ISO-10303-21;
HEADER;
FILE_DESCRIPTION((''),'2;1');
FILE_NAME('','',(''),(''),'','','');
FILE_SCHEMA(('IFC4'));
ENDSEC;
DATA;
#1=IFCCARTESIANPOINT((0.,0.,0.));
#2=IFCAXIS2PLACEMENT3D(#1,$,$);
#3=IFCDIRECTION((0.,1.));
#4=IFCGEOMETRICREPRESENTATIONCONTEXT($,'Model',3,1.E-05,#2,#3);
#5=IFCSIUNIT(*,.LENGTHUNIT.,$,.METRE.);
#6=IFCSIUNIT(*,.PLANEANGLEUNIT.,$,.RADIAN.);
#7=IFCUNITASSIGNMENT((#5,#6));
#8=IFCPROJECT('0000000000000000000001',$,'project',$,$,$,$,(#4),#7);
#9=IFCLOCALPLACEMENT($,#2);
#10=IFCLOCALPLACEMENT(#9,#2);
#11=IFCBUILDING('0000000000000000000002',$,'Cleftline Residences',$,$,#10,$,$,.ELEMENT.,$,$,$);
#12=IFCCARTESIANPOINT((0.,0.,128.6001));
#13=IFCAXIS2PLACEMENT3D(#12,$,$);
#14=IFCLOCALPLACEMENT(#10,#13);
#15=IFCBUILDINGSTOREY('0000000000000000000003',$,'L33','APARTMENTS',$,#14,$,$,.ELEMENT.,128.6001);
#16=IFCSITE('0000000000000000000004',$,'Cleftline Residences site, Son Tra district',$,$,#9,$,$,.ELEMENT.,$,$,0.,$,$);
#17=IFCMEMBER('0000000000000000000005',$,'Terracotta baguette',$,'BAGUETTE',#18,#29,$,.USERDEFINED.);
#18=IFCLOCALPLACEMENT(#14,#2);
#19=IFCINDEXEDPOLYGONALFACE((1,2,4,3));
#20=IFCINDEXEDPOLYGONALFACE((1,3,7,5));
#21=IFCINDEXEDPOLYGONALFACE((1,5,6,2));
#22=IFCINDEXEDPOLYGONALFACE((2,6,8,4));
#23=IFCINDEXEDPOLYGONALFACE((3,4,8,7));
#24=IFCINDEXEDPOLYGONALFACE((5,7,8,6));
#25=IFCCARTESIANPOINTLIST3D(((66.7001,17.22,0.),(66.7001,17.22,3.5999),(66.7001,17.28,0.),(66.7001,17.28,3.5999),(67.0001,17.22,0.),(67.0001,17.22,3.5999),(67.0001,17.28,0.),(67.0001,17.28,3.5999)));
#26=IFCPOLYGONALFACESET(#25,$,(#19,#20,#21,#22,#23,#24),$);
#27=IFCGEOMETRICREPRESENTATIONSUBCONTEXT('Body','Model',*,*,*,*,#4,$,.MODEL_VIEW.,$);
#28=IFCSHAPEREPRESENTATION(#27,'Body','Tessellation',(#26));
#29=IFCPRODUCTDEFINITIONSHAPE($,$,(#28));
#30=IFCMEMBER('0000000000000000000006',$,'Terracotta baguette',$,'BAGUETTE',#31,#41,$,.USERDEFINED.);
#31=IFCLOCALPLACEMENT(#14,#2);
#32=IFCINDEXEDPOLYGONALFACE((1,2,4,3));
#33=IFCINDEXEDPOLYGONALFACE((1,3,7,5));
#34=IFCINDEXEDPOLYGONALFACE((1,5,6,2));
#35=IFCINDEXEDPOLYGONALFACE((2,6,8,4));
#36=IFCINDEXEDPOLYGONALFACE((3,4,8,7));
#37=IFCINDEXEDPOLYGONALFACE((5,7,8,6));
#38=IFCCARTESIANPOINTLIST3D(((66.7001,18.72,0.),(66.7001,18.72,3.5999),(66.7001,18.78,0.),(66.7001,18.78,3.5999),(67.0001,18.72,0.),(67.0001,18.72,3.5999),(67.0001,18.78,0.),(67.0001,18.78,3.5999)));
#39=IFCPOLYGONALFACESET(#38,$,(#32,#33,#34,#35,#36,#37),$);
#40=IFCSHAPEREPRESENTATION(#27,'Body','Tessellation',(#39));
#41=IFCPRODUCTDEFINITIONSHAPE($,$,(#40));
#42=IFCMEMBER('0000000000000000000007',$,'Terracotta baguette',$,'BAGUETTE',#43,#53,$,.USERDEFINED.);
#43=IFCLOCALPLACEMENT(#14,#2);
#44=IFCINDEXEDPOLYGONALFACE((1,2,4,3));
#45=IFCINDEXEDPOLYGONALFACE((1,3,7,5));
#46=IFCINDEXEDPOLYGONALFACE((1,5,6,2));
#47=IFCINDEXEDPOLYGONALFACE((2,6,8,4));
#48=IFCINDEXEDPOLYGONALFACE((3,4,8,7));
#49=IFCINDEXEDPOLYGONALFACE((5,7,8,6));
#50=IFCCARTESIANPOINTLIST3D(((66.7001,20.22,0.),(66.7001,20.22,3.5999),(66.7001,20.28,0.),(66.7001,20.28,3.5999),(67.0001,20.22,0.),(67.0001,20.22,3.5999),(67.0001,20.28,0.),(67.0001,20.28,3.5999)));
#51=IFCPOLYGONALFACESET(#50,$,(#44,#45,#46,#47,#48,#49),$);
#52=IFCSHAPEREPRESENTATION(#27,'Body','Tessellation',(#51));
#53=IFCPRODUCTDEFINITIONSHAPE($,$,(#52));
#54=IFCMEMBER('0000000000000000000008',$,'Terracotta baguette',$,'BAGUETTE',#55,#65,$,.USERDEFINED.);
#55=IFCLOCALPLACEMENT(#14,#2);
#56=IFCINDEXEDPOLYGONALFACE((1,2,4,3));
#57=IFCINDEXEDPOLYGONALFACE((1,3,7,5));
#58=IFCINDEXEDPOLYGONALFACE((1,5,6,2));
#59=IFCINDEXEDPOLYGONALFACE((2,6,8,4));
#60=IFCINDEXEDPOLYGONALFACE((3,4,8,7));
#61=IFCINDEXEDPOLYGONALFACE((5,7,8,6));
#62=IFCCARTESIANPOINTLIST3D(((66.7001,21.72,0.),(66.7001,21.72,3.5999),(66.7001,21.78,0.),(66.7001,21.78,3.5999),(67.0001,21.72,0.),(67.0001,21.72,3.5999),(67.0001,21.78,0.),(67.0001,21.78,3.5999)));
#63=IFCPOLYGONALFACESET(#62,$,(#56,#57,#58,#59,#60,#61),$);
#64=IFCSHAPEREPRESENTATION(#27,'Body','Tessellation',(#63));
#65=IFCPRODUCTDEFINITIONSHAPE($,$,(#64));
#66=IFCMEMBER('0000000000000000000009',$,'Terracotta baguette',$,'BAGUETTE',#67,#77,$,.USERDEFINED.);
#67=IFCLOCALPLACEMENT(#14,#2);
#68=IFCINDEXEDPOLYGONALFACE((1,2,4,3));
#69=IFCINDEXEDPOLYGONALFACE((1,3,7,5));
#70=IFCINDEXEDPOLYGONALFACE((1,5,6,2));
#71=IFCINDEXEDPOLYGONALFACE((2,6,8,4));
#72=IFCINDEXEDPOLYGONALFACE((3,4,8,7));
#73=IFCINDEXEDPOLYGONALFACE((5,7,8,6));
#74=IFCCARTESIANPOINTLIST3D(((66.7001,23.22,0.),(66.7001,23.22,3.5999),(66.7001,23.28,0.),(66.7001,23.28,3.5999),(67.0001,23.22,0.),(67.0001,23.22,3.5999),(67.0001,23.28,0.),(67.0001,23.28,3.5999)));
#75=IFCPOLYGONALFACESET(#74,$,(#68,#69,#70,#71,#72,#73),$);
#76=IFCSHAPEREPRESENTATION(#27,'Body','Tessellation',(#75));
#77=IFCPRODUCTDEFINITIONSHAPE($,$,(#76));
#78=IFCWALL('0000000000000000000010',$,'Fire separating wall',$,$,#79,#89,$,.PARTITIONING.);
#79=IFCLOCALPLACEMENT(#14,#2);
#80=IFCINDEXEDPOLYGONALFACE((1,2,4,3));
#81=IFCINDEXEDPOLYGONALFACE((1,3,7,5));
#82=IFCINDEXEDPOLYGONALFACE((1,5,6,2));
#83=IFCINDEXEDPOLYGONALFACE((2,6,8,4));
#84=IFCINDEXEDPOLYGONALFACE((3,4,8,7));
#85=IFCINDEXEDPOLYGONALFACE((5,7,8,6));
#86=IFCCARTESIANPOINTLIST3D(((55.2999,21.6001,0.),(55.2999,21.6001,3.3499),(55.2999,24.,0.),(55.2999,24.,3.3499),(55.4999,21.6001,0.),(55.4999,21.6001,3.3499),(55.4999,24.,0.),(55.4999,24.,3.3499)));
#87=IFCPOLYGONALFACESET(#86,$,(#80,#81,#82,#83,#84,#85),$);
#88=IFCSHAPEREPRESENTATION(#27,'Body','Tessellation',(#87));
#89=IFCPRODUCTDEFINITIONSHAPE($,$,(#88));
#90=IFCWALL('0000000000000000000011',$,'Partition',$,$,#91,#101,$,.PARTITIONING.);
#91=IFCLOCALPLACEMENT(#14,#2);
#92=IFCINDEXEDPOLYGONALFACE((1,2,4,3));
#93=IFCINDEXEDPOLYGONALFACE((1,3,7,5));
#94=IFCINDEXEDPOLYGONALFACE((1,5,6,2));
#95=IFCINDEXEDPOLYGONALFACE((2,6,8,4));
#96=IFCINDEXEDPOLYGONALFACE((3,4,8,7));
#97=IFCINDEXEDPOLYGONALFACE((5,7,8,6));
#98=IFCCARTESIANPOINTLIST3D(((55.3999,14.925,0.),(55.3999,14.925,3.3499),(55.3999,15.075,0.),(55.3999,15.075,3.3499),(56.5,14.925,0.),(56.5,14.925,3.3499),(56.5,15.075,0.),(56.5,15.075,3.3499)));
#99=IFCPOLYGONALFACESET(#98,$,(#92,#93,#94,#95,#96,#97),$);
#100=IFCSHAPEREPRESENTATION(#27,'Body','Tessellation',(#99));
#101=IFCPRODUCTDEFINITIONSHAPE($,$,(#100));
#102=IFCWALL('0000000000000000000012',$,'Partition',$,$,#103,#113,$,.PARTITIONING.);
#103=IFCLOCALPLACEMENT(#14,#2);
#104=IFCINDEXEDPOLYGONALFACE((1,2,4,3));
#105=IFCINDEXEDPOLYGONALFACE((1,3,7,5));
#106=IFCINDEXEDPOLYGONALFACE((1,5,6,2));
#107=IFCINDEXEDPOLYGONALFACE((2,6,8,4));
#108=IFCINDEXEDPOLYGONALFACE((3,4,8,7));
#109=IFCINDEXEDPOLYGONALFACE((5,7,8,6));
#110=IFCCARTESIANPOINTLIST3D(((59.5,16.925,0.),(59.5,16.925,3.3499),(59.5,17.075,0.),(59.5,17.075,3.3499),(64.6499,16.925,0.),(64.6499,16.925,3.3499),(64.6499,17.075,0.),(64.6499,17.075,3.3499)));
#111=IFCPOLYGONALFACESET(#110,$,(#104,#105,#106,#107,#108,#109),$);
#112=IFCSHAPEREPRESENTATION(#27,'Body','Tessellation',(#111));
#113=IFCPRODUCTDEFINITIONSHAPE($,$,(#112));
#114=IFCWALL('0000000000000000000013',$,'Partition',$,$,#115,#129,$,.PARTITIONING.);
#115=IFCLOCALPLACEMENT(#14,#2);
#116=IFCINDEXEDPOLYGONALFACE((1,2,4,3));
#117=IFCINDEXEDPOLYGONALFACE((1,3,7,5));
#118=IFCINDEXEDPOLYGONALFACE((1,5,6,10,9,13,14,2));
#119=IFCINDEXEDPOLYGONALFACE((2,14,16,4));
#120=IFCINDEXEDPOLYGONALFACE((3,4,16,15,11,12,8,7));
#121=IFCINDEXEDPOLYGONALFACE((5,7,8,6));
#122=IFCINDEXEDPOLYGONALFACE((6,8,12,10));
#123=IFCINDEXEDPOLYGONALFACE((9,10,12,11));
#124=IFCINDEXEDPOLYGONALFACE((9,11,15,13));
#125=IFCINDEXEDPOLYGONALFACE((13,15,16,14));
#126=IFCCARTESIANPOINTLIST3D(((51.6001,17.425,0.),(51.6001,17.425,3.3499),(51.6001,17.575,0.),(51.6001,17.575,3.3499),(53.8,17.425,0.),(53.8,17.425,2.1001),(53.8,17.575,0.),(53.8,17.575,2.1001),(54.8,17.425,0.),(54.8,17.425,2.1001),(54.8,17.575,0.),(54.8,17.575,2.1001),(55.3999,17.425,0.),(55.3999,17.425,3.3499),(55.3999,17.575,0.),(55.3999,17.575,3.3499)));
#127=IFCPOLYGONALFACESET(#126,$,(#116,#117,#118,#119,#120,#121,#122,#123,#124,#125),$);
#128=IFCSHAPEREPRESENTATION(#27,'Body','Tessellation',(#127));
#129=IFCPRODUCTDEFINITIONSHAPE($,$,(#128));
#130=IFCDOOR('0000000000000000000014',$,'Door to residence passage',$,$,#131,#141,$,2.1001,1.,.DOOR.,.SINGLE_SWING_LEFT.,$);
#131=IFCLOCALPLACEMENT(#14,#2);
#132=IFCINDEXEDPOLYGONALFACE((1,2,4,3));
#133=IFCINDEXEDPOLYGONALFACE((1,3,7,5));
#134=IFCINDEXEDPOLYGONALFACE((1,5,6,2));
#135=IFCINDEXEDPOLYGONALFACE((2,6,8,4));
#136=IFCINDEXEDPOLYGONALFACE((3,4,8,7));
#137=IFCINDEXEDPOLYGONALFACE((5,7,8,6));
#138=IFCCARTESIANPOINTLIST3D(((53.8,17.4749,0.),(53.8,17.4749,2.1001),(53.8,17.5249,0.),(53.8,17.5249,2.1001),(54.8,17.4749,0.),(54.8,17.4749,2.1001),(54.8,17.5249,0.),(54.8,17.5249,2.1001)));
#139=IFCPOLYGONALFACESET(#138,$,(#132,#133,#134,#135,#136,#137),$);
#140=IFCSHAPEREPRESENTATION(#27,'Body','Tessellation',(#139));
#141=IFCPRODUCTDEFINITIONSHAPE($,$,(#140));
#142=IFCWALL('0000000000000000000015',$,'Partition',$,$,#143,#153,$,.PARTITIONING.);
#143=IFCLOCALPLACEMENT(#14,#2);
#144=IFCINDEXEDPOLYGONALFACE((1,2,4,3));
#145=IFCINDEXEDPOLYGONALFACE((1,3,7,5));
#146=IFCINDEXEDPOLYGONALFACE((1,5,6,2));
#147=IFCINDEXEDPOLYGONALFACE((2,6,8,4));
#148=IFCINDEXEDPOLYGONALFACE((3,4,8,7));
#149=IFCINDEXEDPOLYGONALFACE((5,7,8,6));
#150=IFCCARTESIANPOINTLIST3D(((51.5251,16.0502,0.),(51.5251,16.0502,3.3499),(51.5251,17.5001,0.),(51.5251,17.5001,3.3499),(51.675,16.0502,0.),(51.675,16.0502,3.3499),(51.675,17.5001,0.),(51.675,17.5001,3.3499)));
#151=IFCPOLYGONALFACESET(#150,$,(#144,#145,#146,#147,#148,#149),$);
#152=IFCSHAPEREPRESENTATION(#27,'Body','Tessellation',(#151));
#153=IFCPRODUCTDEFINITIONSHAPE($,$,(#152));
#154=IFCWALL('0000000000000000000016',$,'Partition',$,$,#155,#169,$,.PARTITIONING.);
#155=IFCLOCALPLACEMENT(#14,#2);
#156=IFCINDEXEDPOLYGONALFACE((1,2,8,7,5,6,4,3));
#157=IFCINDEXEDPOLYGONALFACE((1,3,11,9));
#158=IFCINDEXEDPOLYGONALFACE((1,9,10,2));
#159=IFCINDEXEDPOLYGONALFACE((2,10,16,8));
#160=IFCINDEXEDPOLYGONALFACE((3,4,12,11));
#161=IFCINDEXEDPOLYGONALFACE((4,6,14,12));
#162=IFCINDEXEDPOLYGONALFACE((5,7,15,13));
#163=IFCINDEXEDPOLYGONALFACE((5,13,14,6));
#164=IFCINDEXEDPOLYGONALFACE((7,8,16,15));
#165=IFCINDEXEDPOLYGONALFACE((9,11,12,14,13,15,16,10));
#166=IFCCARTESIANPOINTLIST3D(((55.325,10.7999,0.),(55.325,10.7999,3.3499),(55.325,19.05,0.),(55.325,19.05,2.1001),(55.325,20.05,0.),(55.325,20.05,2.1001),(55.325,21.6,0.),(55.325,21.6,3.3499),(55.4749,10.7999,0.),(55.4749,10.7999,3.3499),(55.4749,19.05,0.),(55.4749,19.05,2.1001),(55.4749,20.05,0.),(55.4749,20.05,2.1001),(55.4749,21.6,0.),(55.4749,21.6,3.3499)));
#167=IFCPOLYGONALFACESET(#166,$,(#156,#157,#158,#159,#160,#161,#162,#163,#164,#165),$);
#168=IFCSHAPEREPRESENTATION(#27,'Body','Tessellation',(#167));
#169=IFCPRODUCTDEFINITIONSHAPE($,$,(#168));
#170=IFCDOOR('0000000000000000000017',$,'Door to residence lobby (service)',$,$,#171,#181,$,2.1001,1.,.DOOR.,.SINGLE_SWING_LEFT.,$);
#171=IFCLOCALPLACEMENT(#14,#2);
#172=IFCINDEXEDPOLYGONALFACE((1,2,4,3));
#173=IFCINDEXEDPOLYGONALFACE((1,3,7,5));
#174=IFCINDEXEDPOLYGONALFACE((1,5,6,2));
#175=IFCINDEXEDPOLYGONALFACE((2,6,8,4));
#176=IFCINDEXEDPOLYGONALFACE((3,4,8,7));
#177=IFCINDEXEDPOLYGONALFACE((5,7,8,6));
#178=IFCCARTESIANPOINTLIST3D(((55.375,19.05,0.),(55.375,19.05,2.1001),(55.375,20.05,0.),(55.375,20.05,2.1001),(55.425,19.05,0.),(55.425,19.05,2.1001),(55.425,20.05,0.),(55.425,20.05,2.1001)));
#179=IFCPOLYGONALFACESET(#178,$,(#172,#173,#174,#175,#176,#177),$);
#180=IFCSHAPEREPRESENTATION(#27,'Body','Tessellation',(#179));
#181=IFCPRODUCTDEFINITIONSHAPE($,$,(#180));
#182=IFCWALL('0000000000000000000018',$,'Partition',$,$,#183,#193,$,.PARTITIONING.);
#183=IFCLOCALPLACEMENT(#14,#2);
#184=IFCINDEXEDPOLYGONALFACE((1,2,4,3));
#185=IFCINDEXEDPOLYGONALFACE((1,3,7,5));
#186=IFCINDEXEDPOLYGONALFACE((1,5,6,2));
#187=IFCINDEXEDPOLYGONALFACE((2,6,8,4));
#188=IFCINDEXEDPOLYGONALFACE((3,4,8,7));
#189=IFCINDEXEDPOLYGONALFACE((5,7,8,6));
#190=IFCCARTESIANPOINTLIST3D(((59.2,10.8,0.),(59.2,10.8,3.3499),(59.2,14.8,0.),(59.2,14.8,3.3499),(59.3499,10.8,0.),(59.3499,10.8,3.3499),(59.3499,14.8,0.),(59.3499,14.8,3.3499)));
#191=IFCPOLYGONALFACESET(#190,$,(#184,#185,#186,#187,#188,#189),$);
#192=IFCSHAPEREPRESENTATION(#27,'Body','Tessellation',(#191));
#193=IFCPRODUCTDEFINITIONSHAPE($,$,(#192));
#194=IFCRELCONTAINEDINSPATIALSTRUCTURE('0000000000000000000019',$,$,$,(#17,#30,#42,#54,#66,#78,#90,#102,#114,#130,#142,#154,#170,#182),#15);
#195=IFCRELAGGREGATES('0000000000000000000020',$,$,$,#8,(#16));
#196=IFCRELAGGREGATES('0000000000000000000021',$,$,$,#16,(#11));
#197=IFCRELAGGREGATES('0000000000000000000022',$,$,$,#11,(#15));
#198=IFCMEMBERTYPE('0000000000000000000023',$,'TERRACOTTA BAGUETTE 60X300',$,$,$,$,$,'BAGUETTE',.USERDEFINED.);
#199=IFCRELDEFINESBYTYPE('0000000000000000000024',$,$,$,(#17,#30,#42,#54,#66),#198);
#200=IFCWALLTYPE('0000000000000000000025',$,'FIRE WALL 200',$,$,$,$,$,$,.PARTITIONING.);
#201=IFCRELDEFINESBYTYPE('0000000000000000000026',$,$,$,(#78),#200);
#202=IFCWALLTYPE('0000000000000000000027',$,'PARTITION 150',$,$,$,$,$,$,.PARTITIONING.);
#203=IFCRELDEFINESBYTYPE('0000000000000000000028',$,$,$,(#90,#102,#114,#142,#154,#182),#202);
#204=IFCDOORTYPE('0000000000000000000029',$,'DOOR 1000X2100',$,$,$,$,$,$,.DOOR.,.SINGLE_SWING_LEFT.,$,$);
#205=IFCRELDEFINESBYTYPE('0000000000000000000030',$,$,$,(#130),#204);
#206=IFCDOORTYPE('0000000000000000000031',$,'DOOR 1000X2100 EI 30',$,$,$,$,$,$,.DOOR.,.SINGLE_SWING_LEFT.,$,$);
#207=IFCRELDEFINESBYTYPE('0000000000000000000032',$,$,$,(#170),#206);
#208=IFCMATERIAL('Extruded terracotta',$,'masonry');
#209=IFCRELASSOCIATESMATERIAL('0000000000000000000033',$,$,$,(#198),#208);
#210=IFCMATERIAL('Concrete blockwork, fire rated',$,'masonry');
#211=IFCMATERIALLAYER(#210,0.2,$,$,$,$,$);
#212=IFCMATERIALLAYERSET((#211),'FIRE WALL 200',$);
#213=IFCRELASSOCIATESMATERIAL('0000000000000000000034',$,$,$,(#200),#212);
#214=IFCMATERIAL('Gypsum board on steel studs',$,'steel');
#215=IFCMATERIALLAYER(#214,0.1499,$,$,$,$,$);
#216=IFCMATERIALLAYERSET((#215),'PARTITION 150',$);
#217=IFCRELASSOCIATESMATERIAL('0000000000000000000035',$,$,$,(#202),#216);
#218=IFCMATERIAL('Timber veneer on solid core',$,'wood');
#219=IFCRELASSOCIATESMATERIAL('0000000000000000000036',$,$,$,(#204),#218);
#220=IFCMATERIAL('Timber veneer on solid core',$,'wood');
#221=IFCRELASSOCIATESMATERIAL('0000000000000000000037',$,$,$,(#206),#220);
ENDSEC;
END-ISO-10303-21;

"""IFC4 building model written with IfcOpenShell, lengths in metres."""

from ifc_helpers import new_model, si_unit, direction, frame, frame_2d, origin, origin_2d, place, context, subcontext, project, spatial, rectangle, extrude, material, layer, layer_set, material_profile, profile_set, type_object, element, fill, save


model = new_model("IFC4")

# Units and contexts
model_context = context("Model", 3, precision=1e-05, world=origin(), true_north=direction((0.0, 1.0)))
body_context = subcontext(model_context, "Body", "Model", "MODEL_VIEW")
ifc_project = project(units=[si_unit("LENGTHUNIT", "METRE"), si_unit("PLANEANGLEUNIT", "RADIAN")], contexts=[model_context])

# Site, building, storey
site_placement = place(None, origin())
site = spatial("IfcSite", under=ifc_project, at=site_placement, Name="Cleftline Residences site, Son Tra district", CompositionType="ELEMENT", RefElevation=0.0)
building_placement = place(site_placement, origin())
building = spatial("IfcBuilding", under=site, at=building_placement, Name="Cleftline Residences", CompositionType="ELEMENT")
storey_placement = place(building_placement, frame((0.0, 0.0, 128.6001)))
storey = spatial("IfcBuildingStorey", under=building, at=storey_placement, Name="L33", Description="APARTMENTS", CompositionType="ELEMENT", Elevation=128.6001)

# Members
ifc_material_1 = material(Name="Extruded terracotta", Category="masonry")
ifc_material_profile_1 = material_profile(ifc_material_1, rectangle(XDim=0.0601, YDim=0.3, at=origin_2d()))
ifc_profile_set_1 = profile_set([ifc_material_profile_1], Name="Extruded terracotta")
member_type_1 = type_object("IfcMemberType", Name="TERRACOTTA BAGUETTE 60X300", ElementType="BAGUETTE", PredefinedType="USERDEFINED", material=ifc_profile_set_1)
for number, where, z_axis, x_axis, name in (
    (1, (66.8501, 17.25, 0.0), (0.0, 0.0, 1.0), (0.0, 1.0, 0.0), "Terracotta baguette"),
    (2, (66.8501, 18.75, 0.0), (0.0, 0.0, 1.0), (0.0, 1.0, 0.0), "Terracotta baguette"),
    (3, (66.8501, 20.25, 0.0), (0.0, 0.0, 1.0), (0.0, 1.0, 0.0), "Terracotta baguette"),
    (4, (66.8501, 21.75, 0.0), (0.0, 0.0, 1.0), (0.0, 1.0, 0.0), "Terracotta baguette"),
    (5, (66.8501, 23.25, 0.0), (0.0, 0.0, 1.0), (0.0, 1.0, 0.0), "Terracotta baguette"),
):
    element("IfcMember", number, at=place(storey_placement, frame(where, z_axis=z_axis, x_axis=x_axis)), inside=storey, type_object=member_type_1, Name=name, ObjectType="BAGUETTE", PredefinedType="USERDEFINED", context=body_context, shape_type="SweptSolid", body=[
        extrude(rectangle(XDim=0.0601, YDim=0.3, at=origin_2d()), origin(), (0.0, 0.0, 1.0), 3.5999),
    ])

# Walls
ifc_material_2 = material(Name="Concrete blockwork, fire rated", Category="masonry")
ifc_layer_1 = layer(ifc_material_2, 0.2)
ifc_layer_set_1 = layer_set([ifc_layer_1], Name="FIRE WALL 200")
wall_type_1 = type_object("IfcWallType", Name="FIRE WALL 200", PredefinedType="PARTITIONING", material=ifc_layer_set_1)
wall_1_placement = place(storey_placement, frame((55.3999, 21.6001, 0.0), z_axis=(0.0, 0.0, 1.0), x_axis=(0.0, 1.0, 0.0)))
element("IfcWall", 6, at=wall_1_placement, inside=storey, type_object=wall_type_1, Name="Fire separating wall", PredefinedType="PARTITIONING", context=body_context, shape_type="SweptSolid", body=[
    extrude(rectangle(XDim=2.3999, YDim=0.2, at=frame_2d((1.2, 0.0))), origin(), (0.0, 0.0, 1.0), 3.3499),
])
ifc_material_3 = material(Name="Gypsum board on steel studs", Category="steel")
ifc_layer_2 = layer(ifc_material_3, 0.1499)
ifc_layer_set_2 = layer_set([ifc_layer_2], Name="PARTITION 150")
wall_type_2 = type_object("IfcWallType", Name="PARTITION 150", PredefinedType="PARTITIONING", material=ifc_layer_set_2)
wall_2_placement = place(storey_placement, frame((55.3999, 15.0, 0.0), z_axis=(0.0, 0.0, 1.0), x_axis=(1.0, 0.0, 0.0)))
element("IfcWall", 7, at=wall_2_placement, inside=storey, type_object=wall_type_2, Name="Partition", PredefinedType="PARTITIONING", context=body_context, shape_type="SweptSolid", body=[
    extrude(rectangle(XDim=1.1001, YDim=0.1499, at=frame_2d((0.55, 0.0))), origin(), (0.0, 0.0, 1.0), 3.3499),
])
wall_3_placement = place(storey_placement, frame((59.5, 17.0, 0.0), z_axis=(0.0, 0.0, 1.0), x_axis=(1.0, 0.0, 0.0)))
element("IfcWall", 8, at=wall_3_placement, inside=storey, type_object=wall_type_2, Name="Partition", PredefinedType="PARTITIONING", context=body_context, shape_type="SweptSolid", body=[
    extrude(rectangle(XDim=5.1499, YDim=0.1499, at=frame_2d((2.575, 0.0))), origin(), (0.0, 0.0, 1.0), 3.3499),
])

# Wall, opening, door
wall_4_placement = place(storey_placement, frame((51.6001, 17.5, 0.0), z_axis=(0.0, 0.0, 1.0), x_axis=(1.0, 0.0, 0.0)))
wall_4 = element("IfcWall", 9, at=wall_4_placement, inside=storey, type_object=wall_type_2, Name="Partition", PredefinedType="PARTITIONING", context=body_context, shape_type="SweptSolid", body=[
    extrude(rectangle(XDim=3.7998, YDim=0.1499, at=frame_2d((1.8999, 0.0))), origin(), (0.0, 0.0, 1.0), 3.3499),
])
opening_1_placement = place(wall_4_placement, frame((2.2, 0.0, 0.0)))
opening_1 = element("IfcOpeningElement", 10, at=opening_1_placement, cuts=wall_4, PredefinedType="OPENING", context=body_context, shape_type="SweptSolid", body=[
    extrude(rectangle(XDim=1.0, YDim=2.1001, at=frame_2d((0.5, 1.05))), frame((0.0, 0.085, 0.0), z_axis=(0.0, -1.0, 0.0), x_axis=(1.0, 0.0, 0.0)), (0.0, 0.0, 1.0), 0.1699),
])
ifc_material_4 = material(Name="Timber veneer on solid core", Category="wood")
door_type_1 = type_object("IfcDoorType", Name="DOOR 1000X2100", OperationType="SINGLE_SWING_LEFT", PredefinedType="DOOR", material=ifc_material_4)
door_1_placement = place(opening_1_placement, origin())
door_1 = element("IfcDoor", 11, at=door_1_placement, inside=storey, type_object=door_type_1, Name="Door to residence passage", OperationType="SINGLE_SWING_LEFT", OverallHeight=2.1001, OverallWidth=1.0, PredefinedType="DOOR", context=body_context, shape_type="SweptSolid", body=[
    extrude(rectangle(XDim=1.0, YDim=2.1001, at=frame_2d((0.5, 1.05))), frame((0.0, 0.0249, 0.0), z_axis=(0.0, -1.0, 0.0), x_axis=(1.0, 0.0, 0.0)), (0.0, 0.0, 1.0), 0.05),
])
fill(opening_1, door_1)

# Wall
wall_5_placement = place(storey_placement, frame((51.6001, 16.05, 0.0), z_axis=(0.0, 0.0, 1.0), x_axis=(0.0, 1.0, 0.0)))
element("IfcWall", 12, at=wall_5_placement, inside=storey, type_object=wall_type_2, Name="Partition", PredefinedType="PARTITIONING", context=body_context, shape_type="SweptSolid", body=[
    extrude(rectangle(XDim=1.45, YDim=0.1499, at=frame_2d((0.7251, 0.0))), origin(), (0.0, 0.0, 1.0), 3.3499),
])

# Wall, opening, door
wall_6_placement = place(storey_placement, frame((55.3999, 10.8, 0.0), z_axis=(0.0, 0.0, 1.0), x_axis=(0.0, 1.0, 0.0)))
wall_6 = element("IfcWall", 13, at=wall_6_placement, inside=storey, type_object=wall_type_2, Name="Partition", PredefinedType="PARTITIONING", context=body_context, shape_type="SweptSolid", body=[
    extrude(rectangle(XDim=10.8, YDim=0.1499, at=frame_2d((5.3999, 0.0))), origin(), (0.0, 0.0, 1.0), 3.3499),
])
opening_2_placement = place(wall_6_placement, frame((8.25, 0.0, 0.0)))
opening_2 = element("IfcOpeningElement", 14, at=opening_2_placement, cuts=wall_6, PredefinedType="OPENING", context=body_context, shape_type="SweptSolid", body=[
    extrude(rectangle(XDim=1.0, YDim=2.1001, at=frame_2d((0.5, 1.05))), frame((0.0, 0.085, 0.0), z_axis=(0.0, -1.0, 0.0), x_axis=(1.0, 0.0, 0.0)), (0.0, 0.0, 1.0), 0.1699),
])
ifc_material_5 = material(Name="Timber veneer on solid core", Category="wood")
door_type_2 = type_object("IfcDoorType", Name="DOOR 1000X2100 EI 30", OperationType="SINGLE_SWING_LEFT", PredefinedType="DOOR", material=ifc_material_5)
door_2_placement = place(opening_2_placement, origin())
door_2 = element("IfcDoor", 15, at=door_2_placement, inside=storey, type_object=door_type_2, Name="Door to residence lobby (service)", OperationType="SINGLE_SWING_LEFT", OverallHeight=2.1001, OverallWidth=1.0, PredefinedType="DOOR", context=body_context, shape_type="SweptSolid", body=[
    extrude(rectangle(XDim=1.0, YDim=2.1001, at=frame_2d((0.5, 1.05))), frame((0.0, 0.0249, 0.0), z_axis=(0.0, -1.0, 0.0), x_axis=(1.0, 0.0, 0.0)), (0.0, 0.0, 1.0), 0.05),
])
fill(opening_2, door_2)

# Wall
wall_7_placement = place(storey_placement, frame((59.2749, 10.8, 0.0), z_axis=(0.0, 0.0, 1.0), x_axis=(0.0, 1.0, 0.0)))
element("IfcWall", 16, at=wall_7_placement, inside=storey, type_object=wall_type_2, Name="Partition", PredefinedType="PARTITIONING", context=body_context, shape_type="SweptSolid", body=[
    extrude(rectangle(XDim=4.0, YDim=0.1499, at=frame_2d((2.0, 0.0))), origin(), (0.0, 0.0, 1.0), 3.3499),
])

save(model, "model.ifc")
